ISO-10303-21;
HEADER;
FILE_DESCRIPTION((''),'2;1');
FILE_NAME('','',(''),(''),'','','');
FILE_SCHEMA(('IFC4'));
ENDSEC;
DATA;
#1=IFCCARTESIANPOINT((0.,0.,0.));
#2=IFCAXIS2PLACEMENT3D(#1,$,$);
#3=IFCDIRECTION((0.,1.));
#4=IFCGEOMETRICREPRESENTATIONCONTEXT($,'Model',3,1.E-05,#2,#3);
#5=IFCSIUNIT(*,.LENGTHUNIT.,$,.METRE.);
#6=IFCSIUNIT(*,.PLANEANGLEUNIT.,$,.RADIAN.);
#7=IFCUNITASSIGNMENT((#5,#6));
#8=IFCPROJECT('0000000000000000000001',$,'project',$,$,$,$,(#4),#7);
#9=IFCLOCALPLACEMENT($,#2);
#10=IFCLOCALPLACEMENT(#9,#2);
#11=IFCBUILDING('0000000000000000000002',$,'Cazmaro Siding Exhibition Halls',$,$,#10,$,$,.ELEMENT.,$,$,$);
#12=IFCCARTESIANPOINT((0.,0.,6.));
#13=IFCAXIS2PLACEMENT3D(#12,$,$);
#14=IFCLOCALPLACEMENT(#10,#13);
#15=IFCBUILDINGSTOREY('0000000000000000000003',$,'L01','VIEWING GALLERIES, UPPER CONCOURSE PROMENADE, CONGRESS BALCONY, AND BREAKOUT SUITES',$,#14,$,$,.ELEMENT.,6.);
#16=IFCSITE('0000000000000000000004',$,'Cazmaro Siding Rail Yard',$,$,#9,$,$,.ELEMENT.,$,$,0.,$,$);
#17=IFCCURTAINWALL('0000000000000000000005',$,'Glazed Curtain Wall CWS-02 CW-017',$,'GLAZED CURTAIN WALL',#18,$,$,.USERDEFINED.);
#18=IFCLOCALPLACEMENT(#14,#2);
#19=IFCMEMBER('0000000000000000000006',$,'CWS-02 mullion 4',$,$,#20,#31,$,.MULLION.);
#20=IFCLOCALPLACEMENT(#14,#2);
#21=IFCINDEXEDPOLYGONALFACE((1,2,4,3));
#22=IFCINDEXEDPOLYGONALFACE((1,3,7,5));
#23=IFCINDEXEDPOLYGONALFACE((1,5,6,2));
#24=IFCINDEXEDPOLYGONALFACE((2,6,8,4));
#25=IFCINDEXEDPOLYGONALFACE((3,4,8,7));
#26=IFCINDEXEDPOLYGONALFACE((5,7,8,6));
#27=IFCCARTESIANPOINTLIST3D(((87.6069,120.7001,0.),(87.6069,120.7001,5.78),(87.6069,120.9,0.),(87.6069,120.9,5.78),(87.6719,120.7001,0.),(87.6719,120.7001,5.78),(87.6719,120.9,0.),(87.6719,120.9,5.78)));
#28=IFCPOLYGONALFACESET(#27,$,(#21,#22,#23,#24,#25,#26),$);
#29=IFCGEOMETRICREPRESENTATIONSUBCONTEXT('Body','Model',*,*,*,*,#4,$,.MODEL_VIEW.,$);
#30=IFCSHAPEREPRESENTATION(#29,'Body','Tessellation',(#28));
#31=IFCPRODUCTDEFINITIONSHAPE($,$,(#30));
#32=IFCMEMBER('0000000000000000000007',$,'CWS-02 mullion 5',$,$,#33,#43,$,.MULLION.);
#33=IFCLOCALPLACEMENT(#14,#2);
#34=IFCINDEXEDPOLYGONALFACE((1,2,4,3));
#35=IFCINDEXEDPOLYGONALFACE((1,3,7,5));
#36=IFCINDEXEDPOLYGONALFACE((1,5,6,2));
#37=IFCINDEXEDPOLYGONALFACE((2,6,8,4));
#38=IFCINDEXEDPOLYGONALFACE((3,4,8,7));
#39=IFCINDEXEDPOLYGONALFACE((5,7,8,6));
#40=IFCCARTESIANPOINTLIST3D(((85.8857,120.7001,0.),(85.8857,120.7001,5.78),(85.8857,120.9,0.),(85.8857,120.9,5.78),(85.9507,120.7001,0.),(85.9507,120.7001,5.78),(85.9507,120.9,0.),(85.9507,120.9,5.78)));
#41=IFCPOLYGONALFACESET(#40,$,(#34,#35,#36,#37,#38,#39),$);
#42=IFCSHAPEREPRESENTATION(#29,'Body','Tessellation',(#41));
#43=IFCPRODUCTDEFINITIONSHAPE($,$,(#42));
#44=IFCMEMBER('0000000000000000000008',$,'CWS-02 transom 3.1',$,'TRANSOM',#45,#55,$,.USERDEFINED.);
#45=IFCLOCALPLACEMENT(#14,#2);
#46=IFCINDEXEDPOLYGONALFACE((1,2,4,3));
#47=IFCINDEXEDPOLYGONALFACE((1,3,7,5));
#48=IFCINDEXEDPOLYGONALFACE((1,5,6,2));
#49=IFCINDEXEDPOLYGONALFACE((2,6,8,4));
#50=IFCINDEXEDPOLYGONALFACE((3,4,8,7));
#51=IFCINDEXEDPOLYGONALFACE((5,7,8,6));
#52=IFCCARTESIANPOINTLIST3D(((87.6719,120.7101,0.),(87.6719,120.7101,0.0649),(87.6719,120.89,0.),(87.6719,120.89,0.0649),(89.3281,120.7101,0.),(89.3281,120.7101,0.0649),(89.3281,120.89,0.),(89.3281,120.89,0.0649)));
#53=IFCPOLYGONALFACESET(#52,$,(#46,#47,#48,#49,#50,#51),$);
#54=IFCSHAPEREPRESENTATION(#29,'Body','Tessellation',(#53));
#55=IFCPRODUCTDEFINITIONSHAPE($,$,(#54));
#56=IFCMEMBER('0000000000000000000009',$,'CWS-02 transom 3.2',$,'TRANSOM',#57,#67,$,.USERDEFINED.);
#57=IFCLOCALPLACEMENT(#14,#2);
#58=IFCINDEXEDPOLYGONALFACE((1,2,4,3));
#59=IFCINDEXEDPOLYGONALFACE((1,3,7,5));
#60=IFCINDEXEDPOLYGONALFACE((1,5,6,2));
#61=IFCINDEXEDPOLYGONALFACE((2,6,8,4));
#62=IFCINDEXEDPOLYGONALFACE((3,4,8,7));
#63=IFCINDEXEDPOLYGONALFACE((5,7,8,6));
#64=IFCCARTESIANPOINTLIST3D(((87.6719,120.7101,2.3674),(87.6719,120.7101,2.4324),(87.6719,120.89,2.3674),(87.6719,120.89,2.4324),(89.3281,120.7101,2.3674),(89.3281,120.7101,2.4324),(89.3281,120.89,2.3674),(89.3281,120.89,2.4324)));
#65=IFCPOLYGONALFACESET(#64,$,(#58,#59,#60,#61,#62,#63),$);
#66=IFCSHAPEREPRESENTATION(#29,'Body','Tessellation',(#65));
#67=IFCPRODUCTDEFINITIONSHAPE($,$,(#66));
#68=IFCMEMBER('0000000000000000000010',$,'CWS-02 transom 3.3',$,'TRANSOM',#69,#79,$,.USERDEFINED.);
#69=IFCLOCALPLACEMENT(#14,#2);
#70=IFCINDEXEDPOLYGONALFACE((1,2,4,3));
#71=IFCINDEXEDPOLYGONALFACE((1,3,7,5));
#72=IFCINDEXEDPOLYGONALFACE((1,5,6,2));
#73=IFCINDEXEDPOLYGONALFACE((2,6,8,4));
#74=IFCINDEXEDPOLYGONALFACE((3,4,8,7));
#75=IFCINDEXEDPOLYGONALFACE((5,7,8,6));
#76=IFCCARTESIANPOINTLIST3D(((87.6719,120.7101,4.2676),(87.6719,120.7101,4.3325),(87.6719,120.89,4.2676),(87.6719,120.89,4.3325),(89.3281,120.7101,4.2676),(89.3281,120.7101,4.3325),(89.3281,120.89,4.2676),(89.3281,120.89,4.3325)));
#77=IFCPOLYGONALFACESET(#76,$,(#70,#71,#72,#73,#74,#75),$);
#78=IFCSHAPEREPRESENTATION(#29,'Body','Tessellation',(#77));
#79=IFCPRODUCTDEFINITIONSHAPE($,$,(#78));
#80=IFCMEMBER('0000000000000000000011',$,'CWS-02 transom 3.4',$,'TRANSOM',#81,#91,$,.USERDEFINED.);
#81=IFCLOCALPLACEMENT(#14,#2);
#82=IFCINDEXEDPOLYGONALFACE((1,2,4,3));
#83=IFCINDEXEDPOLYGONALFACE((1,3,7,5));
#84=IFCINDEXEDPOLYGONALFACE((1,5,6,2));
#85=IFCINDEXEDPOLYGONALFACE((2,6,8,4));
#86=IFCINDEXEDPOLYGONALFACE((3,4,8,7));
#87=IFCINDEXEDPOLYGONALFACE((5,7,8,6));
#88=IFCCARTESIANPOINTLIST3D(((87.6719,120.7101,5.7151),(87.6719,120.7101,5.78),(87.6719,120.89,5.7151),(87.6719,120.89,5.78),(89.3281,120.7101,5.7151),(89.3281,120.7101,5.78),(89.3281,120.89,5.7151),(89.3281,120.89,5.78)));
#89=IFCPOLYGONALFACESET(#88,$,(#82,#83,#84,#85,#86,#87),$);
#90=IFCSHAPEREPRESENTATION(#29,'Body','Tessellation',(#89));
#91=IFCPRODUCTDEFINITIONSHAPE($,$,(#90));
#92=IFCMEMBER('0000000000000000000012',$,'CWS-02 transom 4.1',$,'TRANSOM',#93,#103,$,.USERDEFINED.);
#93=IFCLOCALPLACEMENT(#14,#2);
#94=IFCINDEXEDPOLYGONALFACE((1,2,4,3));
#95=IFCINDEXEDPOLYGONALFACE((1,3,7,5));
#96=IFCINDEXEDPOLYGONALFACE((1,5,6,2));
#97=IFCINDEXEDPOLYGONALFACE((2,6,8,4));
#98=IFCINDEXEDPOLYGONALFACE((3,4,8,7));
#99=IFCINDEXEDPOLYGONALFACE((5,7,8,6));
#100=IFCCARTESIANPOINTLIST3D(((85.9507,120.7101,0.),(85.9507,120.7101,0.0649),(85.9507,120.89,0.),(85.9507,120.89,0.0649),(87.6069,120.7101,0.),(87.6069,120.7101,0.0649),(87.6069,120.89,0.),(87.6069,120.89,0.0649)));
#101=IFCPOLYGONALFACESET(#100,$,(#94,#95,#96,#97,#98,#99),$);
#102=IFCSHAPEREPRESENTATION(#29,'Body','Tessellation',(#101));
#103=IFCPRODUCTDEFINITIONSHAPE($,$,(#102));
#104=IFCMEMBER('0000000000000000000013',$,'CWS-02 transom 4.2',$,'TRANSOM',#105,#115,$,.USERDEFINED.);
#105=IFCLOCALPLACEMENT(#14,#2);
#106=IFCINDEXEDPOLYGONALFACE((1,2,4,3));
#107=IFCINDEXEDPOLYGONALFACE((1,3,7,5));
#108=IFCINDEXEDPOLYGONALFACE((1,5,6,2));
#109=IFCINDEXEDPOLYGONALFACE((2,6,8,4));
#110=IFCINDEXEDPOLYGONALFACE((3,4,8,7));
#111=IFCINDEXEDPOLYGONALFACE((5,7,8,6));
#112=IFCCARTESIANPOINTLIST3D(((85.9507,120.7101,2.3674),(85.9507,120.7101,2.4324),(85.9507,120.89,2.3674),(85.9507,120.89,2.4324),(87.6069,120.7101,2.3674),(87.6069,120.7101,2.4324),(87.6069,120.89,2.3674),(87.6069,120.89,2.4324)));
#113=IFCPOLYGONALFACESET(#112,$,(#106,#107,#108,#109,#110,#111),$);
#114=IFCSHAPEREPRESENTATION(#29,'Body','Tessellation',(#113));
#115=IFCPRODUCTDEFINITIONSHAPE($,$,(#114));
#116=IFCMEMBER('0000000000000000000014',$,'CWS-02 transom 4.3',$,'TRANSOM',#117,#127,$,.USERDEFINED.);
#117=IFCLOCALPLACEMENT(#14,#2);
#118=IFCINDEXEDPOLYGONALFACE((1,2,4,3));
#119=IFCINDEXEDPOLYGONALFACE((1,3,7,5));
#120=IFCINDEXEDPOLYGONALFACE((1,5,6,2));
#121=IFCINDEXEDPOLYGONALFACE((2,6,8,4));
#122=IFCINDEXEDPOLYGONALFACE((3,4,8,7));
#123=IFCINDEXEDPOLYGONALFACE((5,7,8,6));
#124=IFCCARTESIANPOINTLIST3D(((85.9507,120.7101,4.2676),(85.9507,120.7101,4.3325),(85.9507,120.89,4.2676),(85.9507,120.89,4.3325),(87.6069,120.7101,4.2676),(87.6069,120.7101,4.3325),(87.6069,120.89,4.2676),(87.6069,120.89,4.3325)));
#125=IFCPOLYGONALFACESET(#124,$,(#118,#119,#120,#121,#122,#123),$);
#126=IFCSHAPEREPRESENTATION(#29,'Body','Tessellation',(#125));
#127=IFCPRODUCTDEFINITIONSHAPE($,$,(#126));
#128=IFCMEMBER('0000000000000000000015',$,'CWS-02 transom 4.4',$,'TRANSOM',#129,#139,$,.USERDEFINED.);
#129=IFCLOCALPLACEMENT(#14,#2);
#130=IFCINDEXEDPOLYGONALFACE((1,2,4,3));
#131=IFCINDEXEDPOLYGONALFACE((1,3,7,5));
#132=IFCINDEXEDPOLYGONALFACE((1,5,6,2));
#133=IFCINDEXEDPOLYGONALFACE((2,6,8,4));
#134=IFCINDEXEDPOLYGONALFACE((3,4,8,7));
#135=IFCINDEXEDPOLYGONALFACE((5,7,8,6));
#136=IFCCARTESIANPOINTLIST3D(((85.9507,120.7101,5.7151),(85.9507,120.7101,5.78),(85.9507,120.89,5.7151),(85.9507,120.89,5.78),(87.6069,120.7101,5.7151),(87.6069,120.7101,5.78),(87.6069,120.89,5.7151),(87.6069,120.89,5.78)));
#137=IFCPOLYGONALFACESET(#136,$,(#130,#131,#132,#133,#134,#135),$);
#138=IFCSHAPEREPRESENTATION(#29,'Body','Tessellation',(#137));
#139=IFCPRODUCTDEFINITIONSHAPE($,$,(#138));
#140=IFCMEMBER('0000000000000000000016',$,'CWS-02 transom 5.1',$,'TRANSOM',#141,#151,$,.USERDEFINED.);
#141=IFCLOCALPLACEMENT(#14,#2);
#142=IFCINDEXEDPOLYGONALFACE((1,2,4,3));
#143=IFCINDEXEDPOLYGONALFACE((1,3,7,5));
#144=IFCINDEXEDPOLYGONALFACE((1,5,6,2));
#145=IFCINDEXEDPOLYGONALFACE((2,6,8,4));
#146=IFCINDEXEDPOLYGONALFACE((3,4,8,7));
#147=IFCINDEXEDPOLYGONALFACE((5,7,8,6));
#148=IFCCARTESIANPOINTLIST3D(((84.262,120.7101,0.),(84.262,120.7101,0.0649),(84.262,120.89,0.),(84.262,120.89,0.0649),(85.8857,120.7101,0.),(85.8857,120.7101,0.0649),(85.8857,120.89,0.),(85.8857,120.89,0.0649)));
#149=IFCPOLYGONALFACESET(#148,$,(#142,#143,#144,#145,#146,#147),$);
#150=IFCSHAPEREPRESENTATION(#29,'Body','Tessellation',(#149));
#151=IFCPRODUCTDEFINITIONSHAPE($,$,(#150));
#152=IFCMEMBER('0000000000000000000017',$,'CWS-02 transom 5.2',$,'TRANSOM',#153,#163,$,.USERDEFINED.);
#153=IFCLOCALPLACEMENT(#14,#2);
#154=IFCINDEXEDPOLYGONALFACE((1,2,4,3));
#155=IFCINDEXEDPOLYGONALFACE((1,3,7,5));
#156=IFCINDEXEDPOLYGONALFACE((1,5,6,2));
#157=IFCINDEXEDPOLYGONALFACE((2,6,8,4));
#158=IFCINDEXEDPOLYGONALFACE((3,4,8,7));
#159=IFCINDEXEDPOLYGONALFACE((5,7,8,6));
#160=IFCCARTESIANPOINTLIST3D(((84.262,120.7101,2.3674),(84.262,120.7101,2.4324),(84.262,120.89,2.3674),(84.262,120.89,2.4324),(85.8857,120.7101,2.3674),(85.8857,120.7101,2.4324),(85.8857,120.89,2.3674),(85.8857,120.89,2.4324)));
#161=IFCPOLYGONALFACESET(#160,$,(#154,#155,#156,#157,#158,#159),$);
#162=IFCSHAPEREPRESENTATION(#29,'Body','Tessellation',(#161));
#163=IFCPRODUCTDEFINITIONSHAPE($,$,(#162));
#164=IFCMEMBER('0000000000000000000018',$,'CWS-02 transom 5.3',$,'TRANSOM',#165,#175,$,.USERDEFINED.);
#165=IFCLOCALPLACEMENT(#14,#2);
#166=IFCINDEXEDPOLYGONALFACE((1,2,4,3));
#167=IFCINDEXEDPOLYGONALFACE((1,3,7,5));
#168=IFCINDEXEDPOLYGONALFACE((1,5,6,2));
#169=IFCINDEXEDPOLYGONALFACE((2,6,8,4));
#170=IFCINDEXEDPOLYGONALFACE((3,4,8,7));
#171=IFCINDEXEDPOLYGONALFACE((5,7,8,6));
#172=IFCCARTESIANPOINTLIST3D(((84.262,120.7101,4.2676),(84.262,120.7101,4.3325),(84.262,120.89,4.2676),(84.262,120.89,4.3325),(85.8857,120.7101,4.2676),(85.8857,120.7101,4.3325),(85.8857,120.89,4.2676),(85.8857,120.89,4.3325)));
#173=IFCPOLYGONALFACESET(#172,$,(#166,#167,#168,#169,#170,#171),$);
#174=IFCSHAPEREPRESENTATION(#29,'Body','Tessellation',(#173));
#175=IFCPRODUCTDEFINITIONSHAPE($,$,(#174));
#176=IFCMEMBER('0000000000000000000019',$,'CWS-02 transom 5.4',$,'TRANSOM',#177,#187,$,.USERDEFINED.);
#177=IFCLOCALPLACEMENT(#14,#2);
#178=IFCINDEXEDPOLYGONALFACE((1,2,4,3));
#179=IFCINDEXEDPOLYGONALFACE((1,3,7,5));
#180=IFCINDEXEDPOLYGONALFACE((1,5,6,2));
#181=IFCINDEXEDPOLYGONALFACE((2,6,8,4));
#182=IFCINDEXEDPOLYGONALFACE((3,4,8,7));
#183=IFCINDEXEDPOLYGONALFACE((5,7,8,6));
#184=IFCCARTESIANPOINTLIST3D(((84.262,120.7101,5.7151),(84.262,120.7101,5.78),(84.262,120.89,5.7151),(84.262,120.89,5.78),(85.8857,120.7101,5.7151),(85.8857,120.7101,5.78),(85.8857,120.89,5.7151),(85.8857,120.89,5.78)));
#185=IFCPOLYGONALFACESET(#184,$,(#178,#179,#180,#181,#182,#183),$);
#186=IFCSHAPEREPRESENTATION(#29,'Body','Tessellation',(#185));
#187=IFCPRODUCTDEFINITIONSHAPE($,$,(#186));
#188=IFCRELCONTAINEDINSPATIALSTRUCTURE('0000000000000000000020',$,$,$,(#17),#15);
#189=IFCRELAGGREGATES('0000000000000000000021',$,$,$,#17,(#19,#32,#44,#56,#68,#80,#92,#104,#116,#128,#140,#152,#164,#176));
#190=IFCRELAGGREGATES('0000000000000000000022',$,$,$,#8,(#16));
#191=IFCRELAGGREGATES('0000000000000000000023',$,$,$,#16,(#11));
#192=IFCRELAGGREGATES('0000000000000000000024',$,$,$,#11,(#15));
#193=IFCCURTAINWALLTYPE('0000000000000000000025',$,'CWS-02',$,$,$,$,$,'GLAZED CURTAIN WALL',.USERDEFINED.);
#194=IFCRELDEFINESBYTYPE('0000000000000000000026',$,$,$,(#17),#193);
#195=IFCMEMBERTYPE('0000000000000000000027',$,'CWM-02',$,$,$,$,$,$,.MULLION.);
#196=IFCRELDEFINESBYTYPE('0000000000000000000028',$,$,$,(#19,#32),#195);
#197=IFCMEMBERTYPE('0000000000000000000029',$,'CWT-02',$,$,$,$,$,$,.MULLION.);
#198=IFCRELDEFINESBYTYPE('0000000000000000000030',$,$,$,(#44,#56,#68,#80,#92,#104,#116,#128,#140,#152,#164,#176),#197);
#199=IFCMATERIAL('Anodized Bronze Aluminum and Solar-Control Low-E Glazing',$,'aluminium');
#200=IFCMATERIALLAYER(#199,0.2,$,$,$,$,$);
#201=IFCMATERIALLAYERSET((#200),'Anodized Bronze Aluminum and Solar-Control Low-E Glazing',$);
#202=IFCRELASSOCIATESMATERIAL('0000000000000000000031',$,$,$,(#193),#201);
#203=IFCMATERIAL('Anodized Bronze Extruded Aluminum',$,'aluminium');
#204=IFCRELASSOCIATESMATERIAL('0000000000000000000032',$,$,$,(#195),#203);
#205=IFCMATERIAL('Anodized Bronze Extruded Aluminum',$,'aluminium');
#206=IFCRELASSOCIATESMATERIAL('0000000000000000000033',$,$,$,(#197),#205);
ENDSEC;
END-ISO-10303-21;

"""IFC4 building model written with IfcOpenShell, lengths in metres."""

from ifc_helpers import new_model, si_unit, direction, frame, origin, origin_2d, place, context, subcontext, project, spatial, rectangle, extrude, material, layer, layer_set, material_profile, profile_set, type_object, element, aggregate, save


model = new_model("IFC4")

# Units and contexts
model_context = context("Model", 3, precision=1e-05, world=origin(), true_north=direction((0.0, 1.0)))
body_context = subcontext(model_context, "Body", "Model", "MODEL_VIEW")
ifc_project = project(units=[si_unit("LENGTHUNIT", "METRE"), si_unit("PLANEANGLEUNIT", "RADIAN")], contexts=[model_context])

# Site, building, storey
site_placement = place(None, origin())
site = spatial("IfcSite", under=ifc_project, at=site_placement, Name="Cazmaro Siding Rail Yard", CompositionType="ELEMENT", RefElevation=0.0)
building_placement = place(site_placement, origin())
building = spatial("IfcBuilding", under=site, at=building_placement, Name="Cazmaro Siding Exhibition Halls", CompositionType="ELEMENT")
storey_placement = place(building_placement, frame((0.0, 0.0, 6.0)))
storey = spatial("IfcBuildingStorey", under=building, at=storey_placement, Name="L01", Description="VIEWING GALLERIES, UPPER CONCOURSE PROMENADE, CONGRESS BALCONY, AND BREAKOUT SUITES", CompositionType="ELEMENT", Elevation=6.0)

# Curtain wall, members
ifc_material_1 = material(Name="Anodized Bronze Aluminum and Solar-Control Low-E Glazing", Category="aluminium")
ifc_layer_1 = layer(ifc_material_1, 0.2)
ifc_layer_set_1 = layer_set([ifc_layer_1], Name="Anodized Bronze Aluminum and Solar-Control Low-E Glazing")
curtain_wall_type = type_object("IfcCurtainWallType", Name="CWS-02", ElementType="GLAZED CURTAIN WALL", PredefinedType="USERDEFINED", material=ifc_layer_set_1)
curtain_wall_placement = place(storey_placement, origin())
curtain_wall = element("IfcCurtainWall", 1, at=curtain_wall_placement, inside=storey, type_object=curtain_wall_type, Name="Glazed Curtain Wall CWS-02 CW-017", ObjectType="GLAZED CURTAIN WALL", PredefinedType="USERDEFINED")
ifc_material_2 = material(Name="Anodized Bronze Extruded Aluminum", Category="aluminium")
ifc_material_profile_1 = material_profile(ifc_material_2, rectangle(XDim=0.2, YDim=0.0649, at=origin_2d()), Name="CWM-02")
ifc_profile_set_1 = profile_set([ifc_material_profile_1], Name="Anodized Bronze Extruded Aluminum")
member_type_1 = type_object("IfcMemberType", Name="CWM-02", PredefinedType="MULLION", material=ifc_profile_set_1)
member_1_placement = place(storey_placement, frame((87.6394, 120.8, 0.0), z_axis=(0.0, 0.0, 1.0), x_axis=(0.0, -1.0, 0.0)))
member_1 = element("IfcMember", 2, at=member_1_placement, type_object=member_type_1, Name="CWS-02 mullion 4", PredefinedType="MULLION", context=body_context, shape_type="SweptSolid", body=[
    extrude(rectangle(XDim=0.2, YDim=0.0649, at=origin_2d()), origin(), (0.0, 0.0, 1.0), 5.78),
])
member_2_placement = place(storey_placement, frame((85.9182, 120.8, 0.0), z_axis=(0.0, 0.0, 1.0), x_axis=(0.0, -1.0, 0.0)))
member_2 = element("IfcMember", 3, at=member_2_placement, type_object=member_type_1, Name="CWS-02 mullion 5", PredefinedType="MULLION", context=body_context, shape_type="SweptSolid", body=[
    extrude(rectangle(XDim=0.2, YDim=0.0649, at=origin_2d()), origin(), (0.0, 0.0, 1.0), 5.78),
])
ifc_material_3 = material(Name="Anodized Bronze Extruded Aluminum", Category="aluminium")
ifc_material_profile_2 = material_profile(ifc_material_3, rectangle(XDim=0.1799, YDim=0.0649, at=origin_2d()), Name="CWT-02")
ifc_profile_set_2 = profile_set([ifc_material_profile_2], Name="Anodized Bronze Extruded Aluminum")
member_type_2 = type_object("IfcMemberType", Name="CWT-02", PredefinedType="MULLION", material=ifc_profile_set_2)
member_3_placement = place(storey_placement, frame((89.3281, 120.8, 0.0325), z_axis=(-1.0, 0.0, 0.0), x_axis=(0.0, -1.0, 0.0)))
member_3 = element("IfcMember", 4, at=member_3_placement, type_object=member_type_2, Name="CWS-02 transom 3.1", ObjectType="TRANSOM", PredefinedType="USERDEFINED", context=body_context, shape_type="SweptSolid", body=[
    extrude(rectangle(XDim=0.1799, YDim=0.0649, at=origin_2d()), origin(), (0.0, 0.0, 1.0), 1.6562),
])
member_4_placement = place(storey_placement, frame((89.3281, 120.8, 2.3999), z_axis=(-1.0, 0.0, 0.0), x_axis=(0.0, -1.0, 0.0)))
member_4 = element("IfcMember", 5, at=member_4_placement, type_object=member_type_2, Name="CWS-02 transom 3.2", ObjectType="TRANSOM", PredefinedType="USERDEFINED", context=body_context, shape_type="SweptSolid", body=[
    extrude(rectangle(XDim=0.1799, YDim=0.0649, at=origin_2d()), origin(), (0.0, 0.0, 1.0), 1.6562),
])
member_5_placement = place(storey_placement, frame((89.3281, 120.8, 4.3), z_axis=(-1.0, 0.0, 0.0), x_axis=(0.0, -1.0, 0.0)))
member_5 = element("IfcMember", 6, at=member_5_placement, type_object=member_type_2, Name="CWS-02 transom 3.3", ObjectType="TRANSOM", PredefinedType="USERDEFINED", context=body_context, shape_type="SweptSolid", body=[
    extrude(rectangle(XDim=0.1799, YDim=0.0649, at=origin_2d()), origin(), (0.0, 0.0, 1.0), 1.6562),
])
member_6_placement = place(storey_placement, frame((89.3281, 120.8, 5.7476), z_axis=(-1.0, 0.0, 0.0), x_axis=(0.0, -1.0, 0.0)))
member_6 = element("IfcMember", 7, at=member_6_placement, type_object=member_type_2, Name="CWS-02 transom 3.4", ObjectType="TRANSOM", PredefinedType="USERDEFINED", context=body_context, shape_type="SweptSolid", body=[
    extrude(rectangle(XDim=0.1799, YDim=0.0649, at=origin_2d()), origin(), (0.0, 0.0, 1.0), 1.6562),
])
member_7_placement = place(storey_placement, frame((87.6069, 120.8, 0.0325), z_axis=(-1.0, 0.0, 0.0), x_axis=(0.0, -1.0, 0.0)))
member_7 = element("IfcMember", 8, at=member_7_placement, type_object=member_type_2, Name="CWS-02 transom 4.1", ObjectType="TRANSOM", PredefinedType="USERDEFINED", context=body_context, shape_type="SweptSolid", body=[
    extrude(rectangle(XDim=0.1799, YDim=0.0649, at=origin_2d()), origin(), (0.0, 0.0, 1.0), 1.6562),
])
member_8_placement = place(storey_placement, frame((87.6069, 120.8, 2.3999), z_axis=(-1.0, 0.0, 0.0), x_axis=(0.0, -1.0, 0.0)))
member_8 = element("IfcMember", 9, at=member_8_placement, type_object=member_type_2, Name="CWS-02 transom 4.2", ObjectType="TRANSOM", PredefinedType="USERDEFINED", context=body_context, shape_type="SweptSolid", body=[
    extrude(rectangle(XDim=0.1799, YDim=0.0649, at=origin_2d()), origin(), (0.0, 0.0, 1.0), 1.6562),
])
member_9_placement = place(storey_placement, frame((87.6069, 120.8, 4.3), z_axis=(-1.0, 0.0, 0.0), x_axis=(0.0, -1.0, 0.0)))
member_9 = element("IfcMember", 10, at=member_9_placement, type_object=member_type_2, Name="CWS-02 transom 4.3", ObjectType="TRANSOM", PredefinedType="USERDEFINED", context=body_context, shape_type="SweptSolid", body=[
    extrude(rectangle(XDim=0.1799, YDim=0.0649, at=origin_2d()), origin(), (0.0, 0.0, 1.0), 1.6562),
])
member_10_placement = place(storey_placement, frame((87.6069, 120.8, 5.7476), z_axis=(-1.0, 0.0, 0.0), x_axis=(0.0, -1.0, 0.0)))
member_10 = element("IfcMember", 11, at=member_10_placement, type_object=member_type_2, Name="CWS-02 transom 4.4", ObjectType="TRANSOM", PredefinedType="USERDEFINED", context=body_context, shape_type="SweptSolid", body=[
    extrude(rectangle(XDim=0.1799, YDim=0.0649, at=origin_2d()), origin(), (0.0, 0.0, 1.0), 1.6562),
])
member_11_placement = place(storey_placement, frame((85.8857, 120.8, 0.0325), z_axis=(-1.0, 0.0, 0.0), x_axis=(0.0, -1.0, 0.0)))
member_11 = element("IfcMember", 12, at=member_11_placement, type_object=member_type_2, Name="CWS-02 transom 5.1", ObjectType="TRANSOM", PredefinedType="USERDEFINED", context=body_context, shape_type="SweptSolid", body=[
    extrude(rectangle(XDim=0.1799, YDim=0.0649, at=origin_2d()), origin(), (0.0, 0.0, 1.0), 1.6238),
])
member_12_placement = place(storey_placement, frame((85.8857, 120.8, 2.3999), z_axis=(-1.0, 0.0, 0.0), x_axis=(0.0, -1.0, 0.0)))
member_12 = element("IfcMember", 13, at=member_12_placement, type_object=member_type_2, Name="CWS-02 transom 5.2", ObjectType="TRANSOM", PredefinedType="USERDEFINED", context=body_context, shape_type="SweptSolid", body=[
    extrude(rectangle(XDim=0.1799, YDim=0.0649, at=origin_2d()), origin(), (0.0, 0.0, 1.0), 1.6238),
])
member_13_placement = place(storey_placement, frame((85.8857, 120.8, 4.3), z_axis=(-1.0, 0.0, 0.0), x_axis=(0.0, -1.0, 0.0)))
member_13 = element("IfcMember", 14, at=member_13_placement, type_object=member_type_2, Name="CWS-02 transom 5.3", ObjectType="TRANSOM", PredefinedType="USERDEFINED", context=body_context, shape_type="SweptSolid", body=[
    extrude(rectangle(XDim=0.1799, YDim=0.0649, at=origin_2d()), origin(), (0.0, 0.0, 1.0), 1.6238),
])
member_14_placement = place(storey_placement, frame((85.8857, 120.8, 5.7476), z_axis=(-1.0, 0.0, 0.0), x_axis=(0.0, -1.0, 0.0)))
member_14 = element("IfcMember", 15, at=member_14_placement, type_object=member_type_2, Name="CWS-02 transom 5.4", ObjectType="TRANSOM", PredefinedType="USERDEFINED", context=body_context, shape_type="SweptSolid", body=[
    extrude(rectangle(XDim=0.1799, YDim=0.0649, at=origin_2d()), origin(), (0.0, 0.0, 1.0), 1.6238),
])
aggregate(curtain_wall, [member_1, member_2, member_3, member_4, member_5, member_6, member_7, member_8, member_9, member_10, member_11, member_12, member_13, member_14])

save(model, "model.ifc")
